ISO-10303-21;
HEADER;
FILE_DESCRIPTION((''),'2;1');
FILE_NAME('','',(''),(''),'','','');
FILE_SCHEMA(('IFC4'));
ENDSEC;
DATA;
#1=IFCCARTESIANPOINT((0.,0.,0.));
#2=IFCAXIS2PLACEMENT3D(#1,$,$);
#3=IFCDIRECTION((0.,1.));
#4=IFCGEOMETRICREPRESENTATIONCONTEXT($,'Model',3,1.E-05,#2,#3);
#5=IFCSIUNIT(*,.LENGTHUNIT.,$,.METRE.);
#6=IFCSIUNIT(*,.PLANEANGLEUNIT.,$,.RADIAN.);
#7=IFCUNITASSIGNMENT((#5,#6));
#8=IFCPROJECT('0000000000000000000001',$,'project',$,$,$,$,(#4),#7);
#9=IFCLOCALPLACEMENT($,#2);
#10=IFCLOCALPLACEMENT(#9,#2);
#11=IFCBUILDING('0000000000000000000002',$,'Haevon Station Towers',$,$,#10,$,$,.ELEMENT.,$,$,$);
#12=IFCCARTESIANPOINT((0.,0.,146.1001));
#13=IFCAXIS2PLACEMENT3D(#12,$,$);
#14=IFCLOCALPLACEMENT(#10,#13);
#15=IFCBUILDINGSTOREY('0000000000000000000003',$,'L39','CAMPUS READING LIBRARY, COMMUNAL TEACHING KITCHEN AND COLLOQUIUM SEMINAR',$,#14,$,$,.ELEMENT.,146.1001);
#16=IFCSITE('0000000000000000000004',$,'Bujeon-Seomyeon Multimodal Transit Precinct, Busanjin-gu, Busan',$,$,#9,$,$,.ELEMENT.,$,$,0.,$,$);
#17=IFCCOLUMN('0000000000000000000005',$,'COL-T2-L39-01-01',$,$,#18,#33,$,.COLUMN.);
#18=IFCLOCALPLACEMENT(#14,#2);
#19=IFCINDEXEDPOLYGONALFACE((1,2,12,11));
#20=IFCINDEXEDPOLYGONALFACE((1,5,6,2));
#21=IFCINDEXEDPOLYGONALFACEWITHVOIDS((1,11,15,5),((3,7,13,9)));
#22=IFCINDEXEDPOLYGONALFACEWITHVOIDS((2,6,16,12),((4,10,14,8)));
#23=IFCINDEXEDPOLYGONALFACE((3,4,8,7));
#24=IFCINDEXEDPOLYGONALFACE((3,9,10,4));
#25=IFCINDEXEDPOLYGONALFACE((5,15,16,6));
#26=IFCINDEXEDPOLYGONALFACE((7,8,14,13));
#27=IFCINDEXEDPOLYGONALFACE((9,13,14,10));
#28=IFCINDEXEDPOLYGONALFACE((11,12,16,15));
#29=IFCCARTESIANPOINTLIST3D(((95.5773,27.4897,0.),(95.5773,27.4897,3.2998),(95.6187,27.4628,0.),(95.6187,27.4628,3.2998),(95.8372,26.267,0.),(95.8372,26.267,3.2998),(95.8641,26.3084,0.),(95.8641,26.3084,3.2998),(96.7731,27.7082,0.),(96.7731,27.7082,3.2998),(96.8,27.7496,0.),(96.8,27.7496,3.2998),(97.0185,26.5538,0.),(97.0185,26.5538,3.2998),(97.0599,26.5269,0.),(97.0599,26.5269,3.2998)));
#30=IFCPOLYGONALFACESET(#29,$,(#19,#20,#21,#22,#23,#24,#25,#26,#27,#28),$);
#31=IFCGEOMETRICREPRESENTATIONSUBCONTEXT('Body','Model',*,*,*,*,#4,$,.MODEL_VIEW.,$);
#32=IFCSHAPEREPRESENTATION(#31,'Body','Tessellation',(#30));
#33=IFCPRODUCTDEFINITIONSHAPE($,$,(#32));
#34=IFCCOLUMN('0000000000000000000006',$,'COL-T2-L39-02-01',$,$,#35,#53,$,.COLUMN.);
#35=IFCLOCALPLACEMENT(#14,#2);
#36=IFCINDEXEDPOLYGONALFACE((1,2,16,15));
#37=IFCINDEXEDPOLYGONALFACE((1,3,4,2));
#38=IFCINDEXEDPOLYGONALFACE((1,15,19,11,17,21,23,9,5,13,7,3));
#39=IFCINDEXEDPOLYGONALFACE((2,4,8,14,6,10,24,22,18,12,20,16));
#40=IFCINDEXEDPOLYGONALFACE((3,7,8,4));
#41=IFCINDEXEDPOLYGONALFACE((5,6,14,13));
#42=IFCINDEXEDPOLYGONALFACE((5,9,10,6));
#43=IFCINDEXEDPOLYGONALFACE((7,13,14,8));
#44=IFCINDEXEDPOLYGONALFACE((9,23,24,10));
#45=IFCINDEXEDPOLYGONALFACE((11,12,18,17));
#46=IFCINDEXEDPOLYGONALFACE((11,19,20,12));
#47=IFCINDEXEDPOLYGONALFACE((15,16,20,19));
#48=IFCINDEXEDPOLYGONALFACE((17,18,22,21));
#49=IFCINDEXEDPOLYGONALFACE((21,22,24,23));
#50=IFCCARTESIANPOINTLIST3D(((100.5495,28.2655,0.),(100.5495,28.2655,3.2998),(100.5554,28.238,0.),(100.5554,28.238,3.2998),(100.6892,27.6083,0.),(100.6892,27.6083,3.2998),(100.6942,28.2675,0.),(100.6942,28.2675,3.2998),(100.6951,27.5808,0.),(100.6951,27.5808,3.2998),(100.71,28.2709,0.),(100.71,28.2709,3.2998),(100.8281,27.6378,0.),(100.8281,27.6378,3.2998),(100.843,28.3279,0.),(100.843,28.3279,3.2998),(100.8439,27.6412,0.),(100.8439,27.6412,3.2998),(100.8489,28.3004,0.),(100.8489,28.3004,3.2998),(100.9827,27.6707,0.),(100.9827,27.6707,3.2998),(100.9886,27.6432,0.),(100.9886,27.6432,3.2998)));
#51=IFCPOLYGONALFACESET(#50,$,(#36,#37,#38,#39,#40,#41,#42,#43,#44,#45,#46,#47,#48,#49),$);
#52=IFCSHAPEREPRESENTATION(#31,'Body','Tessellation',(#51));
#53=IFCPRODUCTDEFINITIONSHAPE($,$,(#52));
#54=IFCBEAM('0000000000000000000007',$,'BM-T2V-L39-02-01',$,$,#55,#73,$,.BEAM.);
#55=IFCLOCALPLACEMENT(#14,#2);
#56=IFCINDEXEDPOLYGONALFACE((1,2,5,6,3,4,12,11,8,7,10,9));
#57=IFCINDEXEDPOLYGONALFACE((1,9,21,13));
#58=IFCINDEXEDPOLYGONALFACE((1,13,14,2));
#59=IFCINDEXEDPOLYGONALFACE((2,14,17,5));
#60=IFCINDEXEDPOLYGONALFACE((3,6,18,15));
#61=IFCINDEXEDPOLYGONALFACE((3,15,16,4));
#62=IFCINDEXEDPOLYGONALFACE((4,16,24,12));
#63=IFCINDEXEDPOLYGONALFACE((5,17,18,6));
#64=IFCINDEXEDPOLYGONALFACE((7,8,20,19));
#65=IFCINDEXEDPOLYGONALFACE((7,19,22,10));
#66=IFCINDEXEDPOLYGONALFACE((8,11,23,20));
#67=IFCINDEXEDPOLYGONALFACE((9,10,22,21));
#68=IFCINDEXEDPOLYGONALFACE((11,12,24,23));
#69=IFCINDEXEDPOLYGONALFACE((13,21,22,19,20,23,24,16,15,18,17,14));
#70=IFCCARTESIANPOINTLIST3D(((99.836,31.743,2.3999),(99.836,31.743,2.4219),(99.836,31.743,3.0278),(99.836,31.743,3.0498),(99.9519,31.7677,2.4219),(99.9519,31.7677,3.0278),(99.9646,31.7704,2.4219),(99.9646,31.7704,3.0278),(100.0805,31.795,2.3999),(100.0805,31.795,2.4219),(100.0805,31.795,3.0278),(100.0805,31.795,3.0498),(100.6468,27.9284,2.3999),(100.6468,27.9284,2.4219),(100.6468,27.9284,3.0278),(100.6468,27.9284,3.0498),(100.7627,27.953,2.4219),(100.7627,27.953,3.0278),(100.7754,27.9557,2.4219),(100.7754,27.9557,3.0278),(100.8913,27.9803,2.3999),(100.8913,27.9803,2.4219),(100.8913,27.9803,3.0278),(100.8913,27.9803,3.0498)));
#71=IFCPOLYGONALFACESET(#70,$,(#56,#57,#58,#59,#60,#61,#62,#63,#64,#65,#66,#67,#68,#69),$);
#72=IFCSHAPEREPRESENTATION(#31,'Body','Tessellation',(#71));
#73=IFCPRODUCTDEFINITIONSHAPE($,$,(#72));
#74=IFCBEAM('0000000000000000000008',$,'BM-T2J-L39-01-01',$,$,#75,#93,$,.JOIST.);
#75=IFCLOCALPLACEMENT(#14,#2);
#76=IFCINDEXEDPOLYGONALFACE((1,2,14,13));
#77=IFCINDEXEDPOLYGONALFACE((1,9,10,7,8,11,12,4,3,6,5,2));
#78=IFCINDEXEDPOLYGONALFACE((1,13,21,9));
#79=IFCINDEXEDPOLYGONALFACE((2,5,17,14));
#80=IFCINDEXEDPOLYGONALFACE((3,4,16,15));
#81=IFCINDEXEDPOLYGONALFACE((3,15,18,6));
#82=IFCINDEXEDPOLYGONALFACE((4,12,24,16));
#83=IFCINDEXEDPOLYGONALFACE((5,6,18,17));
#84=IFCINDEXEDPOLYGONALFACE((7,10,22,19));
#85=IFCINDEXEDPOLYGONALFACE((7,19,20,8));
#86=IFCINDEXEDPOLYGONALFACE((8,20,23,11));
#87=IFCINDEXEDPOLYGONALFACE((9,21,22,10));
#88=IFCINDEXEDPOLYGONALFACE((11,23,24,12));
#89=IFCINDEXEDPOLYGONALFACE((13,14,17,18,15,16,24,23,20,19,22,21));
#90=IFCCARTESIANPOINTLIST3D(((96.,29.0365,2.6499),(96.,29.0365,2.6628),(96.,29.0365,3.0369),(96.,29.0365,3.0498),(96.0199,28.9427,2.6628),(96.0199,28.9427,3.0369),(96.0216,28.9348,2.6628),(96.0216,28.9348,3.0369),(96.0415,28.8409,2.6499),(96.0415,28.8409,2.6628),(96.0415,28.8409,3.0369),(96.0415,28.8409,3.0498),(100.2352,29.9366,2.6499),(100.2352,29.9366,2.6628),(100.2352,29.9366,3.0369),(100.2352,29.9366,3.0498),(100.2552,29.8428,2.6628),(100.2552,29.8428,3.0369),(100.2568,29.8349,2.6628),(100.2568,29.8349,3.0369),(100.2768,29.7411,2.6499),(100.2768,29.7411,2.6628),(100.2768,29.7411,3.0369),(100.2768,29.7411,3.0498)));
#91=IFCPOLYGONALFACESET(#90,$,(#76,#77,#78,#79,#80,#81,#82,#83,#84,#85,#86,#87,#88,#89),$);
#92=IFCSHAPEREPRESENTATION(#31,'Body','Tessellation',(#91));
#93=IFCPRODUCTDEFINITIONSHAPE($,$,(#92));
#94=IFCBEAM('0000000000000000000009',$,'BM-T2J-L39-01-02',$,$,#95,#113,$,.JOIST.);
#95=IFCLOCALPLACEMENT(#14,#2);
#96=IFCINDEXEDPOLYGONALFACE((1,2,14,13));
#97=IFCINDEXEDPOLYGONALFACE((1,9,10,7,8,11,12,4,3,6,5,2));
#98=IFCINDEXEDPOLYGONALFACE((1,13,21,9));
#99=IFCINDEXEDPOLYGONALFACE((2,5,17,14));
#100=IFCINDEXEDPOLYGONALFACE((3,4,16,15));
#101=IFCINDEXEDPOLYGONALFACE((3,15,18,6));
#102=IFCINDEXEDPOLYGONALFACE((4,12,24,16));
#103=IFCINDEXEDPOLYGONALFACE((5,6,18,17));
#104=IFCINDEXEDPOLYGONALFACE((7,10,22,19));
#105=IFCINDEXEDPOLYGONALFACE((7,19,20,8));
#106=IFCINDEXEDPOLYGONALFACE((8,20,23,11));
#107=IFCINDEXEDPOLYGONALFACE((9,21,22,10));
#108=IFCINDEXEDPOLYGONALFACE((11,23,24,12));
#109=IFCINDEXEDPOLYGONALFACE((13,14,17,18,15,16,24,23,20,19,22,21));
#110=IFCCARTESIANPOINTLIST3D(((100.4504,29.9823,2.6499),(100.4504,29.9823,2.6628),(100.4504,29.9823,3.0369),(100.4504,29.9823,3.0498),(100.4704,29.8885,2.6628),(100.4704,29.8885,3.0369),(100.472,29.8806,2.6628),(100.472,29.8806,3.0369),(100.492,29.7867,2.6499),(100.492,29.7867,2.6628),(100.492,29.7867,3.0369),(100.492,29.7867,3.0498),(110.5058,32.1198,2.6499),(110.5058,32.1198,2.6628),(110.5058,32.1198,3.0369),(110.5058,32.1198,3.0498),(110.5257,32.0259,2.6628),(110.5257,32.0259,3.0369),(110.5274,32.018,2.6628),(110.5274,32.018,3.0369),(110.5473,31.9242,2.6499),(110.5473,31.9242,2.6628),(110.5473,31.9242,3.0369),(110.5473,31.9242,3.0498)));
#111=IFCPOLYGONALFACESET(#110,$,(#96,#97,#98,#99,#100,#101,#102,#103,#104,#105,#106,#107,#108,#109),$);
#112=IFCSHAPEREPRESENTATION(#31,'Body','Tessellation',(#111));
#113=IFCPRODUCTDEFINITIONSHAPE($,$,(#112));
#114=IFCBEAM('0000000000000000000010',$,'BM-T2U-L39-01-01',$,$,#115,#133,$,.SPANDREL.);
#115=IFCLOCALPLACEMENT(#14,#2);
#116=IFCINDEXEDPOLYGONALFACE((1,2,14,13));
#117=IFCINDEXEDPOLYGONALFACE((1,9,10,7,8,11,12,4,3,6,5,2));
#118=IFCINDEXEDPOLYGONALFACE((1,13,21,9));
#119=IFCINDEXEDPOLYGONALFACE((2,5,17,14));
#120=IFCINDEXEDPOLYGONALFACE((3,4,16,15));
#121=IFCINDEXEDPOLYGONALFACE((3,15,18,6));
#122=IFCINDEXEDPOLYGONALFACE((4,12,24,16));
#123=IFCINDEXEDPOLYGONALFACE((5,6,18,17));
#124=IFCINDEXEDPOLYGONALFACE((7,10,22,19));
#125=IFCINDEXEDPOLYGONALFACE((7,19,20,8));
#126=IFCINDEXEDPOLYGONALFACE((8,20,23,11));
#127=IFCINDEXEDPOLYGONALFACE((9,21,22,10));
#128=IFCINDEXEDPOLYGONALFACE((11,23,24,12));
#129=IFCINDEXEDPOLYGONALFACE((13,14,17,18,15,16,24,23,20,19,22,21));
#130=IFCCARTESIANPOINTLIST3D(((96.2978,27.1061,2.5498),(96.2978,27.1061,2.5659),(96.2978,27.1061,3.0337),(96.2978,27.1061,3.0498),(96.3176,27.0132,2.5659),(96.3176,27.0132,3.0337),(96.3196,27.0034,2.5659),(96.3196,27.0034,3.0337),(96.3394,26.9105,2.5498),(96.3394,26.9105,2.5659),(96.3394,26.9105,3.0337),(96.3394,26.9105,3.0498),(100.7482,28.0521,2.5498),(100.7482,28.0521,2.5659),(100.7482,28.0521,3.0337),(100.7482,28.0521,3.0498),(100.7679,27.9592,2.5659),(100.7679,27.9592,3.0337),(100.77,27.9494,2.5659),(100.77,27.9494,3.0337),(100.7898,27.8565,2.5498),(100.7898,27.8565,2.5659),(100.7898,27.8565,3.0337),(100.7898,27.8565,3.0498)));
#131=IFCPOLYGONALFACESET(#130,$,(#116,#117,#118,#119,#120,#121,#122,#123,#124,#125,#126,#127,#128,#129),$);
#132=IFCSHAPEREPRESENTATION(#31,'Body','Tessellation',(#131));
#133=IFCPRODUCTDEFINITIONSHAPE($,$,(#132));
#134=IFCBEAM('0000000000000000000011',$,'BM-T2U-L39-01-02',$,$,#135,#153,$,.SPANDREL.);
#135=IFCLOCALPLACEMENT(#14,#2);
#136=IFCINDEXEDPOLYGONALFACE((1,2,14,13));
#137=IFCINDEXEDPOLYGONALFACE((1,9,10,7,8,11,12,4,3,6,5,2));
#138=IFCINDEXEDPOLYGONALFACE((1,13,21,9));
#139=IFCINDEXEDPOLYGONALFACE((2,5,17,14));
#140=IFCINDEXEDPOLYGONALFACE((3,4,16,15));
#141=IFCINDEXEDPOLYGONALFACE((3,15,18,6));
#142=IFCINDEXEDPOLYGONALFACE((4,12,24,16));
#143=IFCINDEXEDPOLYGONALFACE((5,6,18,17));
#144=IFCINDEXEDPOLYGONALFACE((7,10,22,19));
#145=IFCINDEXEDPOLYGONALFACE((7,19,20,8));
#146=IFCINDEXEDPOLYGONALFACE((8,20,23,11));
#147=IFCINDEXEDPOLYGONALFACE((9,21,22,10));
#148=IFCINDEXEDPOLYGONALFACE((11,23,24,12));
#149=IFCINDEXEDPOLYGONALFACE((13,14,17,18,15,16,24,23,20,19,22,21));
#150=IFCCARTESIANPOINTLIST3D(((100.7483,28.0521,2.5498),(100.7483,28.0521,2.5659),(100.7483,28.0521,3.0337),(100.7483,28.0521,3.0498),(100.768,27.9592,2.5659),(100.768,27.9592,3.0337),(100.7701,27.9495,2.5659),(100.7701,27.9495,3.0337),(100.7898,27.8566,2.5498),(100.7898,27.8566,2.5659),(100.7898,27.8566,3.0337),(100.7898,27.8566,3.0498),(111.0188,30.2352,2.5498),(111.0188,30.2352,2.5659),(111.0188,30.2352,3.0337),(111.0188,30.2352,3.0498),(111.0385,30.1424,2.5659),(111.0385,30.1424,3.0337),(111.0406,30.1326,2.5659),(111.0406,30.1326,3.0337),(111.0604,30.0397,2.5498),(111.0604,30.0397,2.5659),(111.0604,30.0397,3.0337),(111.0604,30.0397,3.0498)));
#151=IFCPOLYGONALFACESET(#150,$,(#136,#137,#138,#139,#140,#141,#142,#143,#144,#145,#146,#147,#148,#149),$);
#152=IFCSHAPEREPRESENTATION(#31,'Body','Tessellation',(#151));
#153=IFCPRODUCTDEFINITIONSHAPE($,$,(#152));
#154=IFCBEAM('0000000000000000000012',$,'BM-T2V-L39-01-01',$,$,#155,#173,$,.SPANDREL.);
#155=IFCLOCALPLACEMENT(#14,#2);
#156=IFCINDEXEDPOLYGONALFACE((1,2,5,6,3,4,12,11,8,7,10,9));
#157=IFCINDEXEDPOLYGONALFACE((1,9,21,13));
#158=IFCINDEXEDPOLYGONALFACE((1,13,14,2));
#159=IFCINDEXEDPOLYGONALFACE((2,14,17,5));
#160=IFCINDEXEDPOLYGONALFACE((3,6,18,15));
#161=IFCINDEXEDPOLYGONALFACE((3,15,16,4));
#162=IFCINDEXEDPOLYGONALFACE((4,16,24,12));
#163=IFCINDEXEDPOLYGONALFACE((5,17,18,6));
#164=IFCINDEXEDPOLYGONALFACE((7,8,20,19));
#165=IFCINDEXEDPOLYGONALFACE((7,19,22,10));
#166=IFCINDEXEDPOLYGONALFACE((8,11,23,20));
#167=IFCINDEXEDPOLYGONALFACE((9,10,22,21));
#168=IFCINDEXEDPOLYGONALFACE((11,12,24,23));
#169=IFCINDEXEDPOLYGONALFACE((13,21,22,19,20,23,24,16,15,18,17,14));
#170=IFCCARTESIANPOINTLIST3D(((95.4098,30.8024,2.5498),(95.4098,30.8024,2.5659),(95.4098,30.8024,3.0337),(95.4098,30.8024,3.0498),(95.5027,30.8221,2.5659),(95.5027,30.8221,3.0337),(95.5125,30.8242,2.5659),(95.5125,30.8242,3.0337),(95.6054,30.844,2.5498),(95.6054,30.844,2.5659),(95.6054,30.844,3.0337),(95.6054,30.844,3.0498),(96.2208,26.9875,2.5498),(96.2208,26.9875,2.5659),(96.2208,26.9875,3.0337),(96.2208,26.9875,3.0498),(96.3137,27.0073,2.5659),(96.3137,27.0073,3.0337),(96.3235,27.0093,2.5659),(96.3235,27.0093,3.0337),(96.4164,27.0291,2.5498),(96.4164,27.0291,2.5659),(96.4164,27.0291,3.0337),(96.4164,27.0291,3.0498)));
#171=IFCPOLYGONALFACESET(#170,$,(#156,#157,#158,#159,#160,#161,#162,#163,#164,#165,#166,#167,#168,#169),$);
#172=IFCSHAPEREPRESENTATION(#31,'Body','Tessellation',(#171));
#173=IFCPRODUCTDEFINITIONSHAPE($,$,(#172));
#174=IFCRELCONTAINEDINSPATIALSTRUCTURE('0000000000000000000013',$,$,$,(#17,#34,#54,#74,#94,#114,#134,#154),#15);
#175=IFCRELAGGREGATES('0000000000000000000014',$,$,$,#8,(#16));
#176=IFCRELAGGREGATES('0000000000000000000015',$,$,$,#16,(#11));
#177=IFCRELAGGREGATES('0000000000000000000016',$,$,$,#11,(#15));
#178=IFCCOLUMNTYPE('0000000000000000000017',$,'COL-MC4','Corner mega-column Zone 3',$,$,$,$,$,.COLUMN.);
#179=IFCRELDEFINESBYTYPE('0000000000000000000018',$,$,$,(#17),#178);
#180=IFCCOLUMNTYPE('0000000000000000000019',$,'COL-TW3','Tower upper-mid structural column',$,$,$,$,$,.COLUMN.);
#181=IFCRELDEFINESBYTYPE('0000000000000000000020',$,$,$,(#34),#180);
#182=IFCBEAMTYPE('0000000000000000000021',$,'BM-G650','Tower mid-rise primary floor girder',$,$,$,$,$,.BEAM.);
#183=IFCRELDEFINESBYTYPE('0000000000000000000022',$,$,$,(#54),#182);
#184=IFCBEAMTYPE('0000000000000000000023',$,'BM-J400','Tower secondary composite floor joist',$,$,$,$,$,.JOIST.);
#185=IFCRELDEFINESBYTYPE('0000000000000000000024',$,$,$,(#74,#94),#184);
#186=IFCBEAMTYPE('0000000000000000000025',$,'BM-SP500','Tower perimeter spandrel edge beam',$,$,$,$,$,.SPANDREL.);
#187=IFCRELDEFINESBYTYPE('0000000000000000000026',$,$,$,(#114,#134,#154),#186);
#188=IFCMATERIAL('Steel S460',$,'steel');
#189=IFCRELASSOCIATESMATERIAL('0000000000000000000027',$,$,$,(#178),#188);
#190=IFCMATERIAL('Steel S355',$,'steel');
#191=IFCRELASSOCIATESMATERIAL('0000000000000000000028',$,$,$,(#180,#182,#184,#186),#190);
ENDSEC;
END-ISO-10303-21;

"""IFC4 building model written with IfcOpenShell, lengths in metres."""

from ifc_helpers import new_model, si_unit, direction, frame, origin, origin_2d, place, context, subcontext, project, spatial, hollow_rectangle, i_section, extrude, material, material_profile, profile_set, type_object, element, save


model = new_model("IFC4")

# Units and contexts
model_context = context("Model", 3, precision=1e-05, world=origin(), true_north=direction((0.0, 1.0)))
body_context = subcontext(model_context, "Body", "Model", "MODEL_VIEW")
ifc_project = project(units=[si_unit("LENGTHUNIT", "METRE"), si_unit("PLANEANGLEUNIT", "RADIAN")], contexts=[model_context])

# Site, building, storey
site_placement = place(None, origin())
site = spatial("IfcSite", under=ifc_project, at=site_placement, Name="Bujeon-Seomyeon Multimodal Transit Precinct, Busanjin-gu, Busan", CompositionType="ELEMENT", RefElevation=0.0)
building_placement = place(site_placement, origin())
building = spatial("IfcBuilding", under=site, at=building_placement, Name="Haevon Station Towers", CompositionType="ELEMENT")
storey_placement = place(building_placement, frame((0.0, 0.0, 146.1001)))
storey = spatial("IfcBuildingStorey", under=building, at=storey_placement, Name="L39", Description="CAMPUS READING LIBRARY, COMMUNAL TEACHING KITCHEN AND COLLOQUIUM SEMINAR", CompositionType="ELEMENT", Elevation=146.1001)

# Columns
ifc_material_1 = material(Name="Steel S460", Category="steel")
ifc_material_profile_1 = material_profile(ifc_material_1, hollow_rectangle(XDim=1.25, YDim=1.25, WallThickness=0.0349, at=origin_2d()), Name="BOX-1250x1250x35")
ifc_profile_set_1 = profile_set([ifc_material_profile_1], Name="Steel S460")
column_type_1 = type_object("IfcColumnType", Name="COL-MC4", Description="Corner mega-column Zone 3", PredefinedType="COLUMN", material=ifc_profile_set_1)
column_1_placement = place(storey_placement, frame((96.3186, 27.0083, 0.0), z_axis=(0.0, 0.0, 1.0), x_axis=(0.978148, 0.207912, 0.0)))
element("IfcColumn", 1, at=column_1_placement, inside=storey, type_object=column_type_1, Name="COL-T2-L39-01-01", PredefinedType="COLUMN", context=body_context, shape_type="SweptSolid", body=[
    extrude(hollow_rectangle(XDim=1.25, YDim=1.25, WallThickness=0.0349, at=origin_2d()), origin(), (0.0, 0.0, 1.0), 3.2998),
])
ifc_material_2 = material(Name="Steel S355", Category="steel")
ifc_material_profile_2 = material_profile(ifc_material_2, i_section(OverallWidth=0.3, OverallDepth=0.7, WebThickness=0.0161, FlangeThickness=0.0281, at=origin_2d()), Name="H-700x300x16x28")
ifc_profile_set_2 = profile_set([ifc_material_profile_2], Name="Steel S355")
column_type_2 = type_object("IfcColumnType", Name="COL-TW3", Description="Tower upper-mid structural column", PredefinedType="COLUMN", material=ifc_profile_set_2)
column_2_placement = place(storey_placement, frame((100.769, 27.9543, 0.0), z_axis=(0.0, 0.0, 1.0), x_axis=(0.978148, 0.207912, 0.0)))
element("IfcColumn", 2, at=column_2_placement, inside=storey, type_object=column_type_2, Name="COL-T2-L39-02-01", PredefinedType="COLUMN", context=body_context, shape_type="SweptSolid", body=[
    extrude(i_section(OverallWidth=0.3, OverallDepth=0.7, WebThickness=0.0161, FlangeThickness=0.0281, at=origin_2d()), origin(), (0.0, 0.0, 1.0), 3.2998),
])

# Beams
ifc_material_profile_3 = material_profile(ifc_material_2, i_section(OverallWidth=0.25, OverallDepth=0.6499, WebThickness=0.0129, FlangeThickness=0.022, at=origin_2d()), Name="H-650x250x13x22")
ifc_profile_set_3 = profile_set([ifc_material_profile_3], Name="Steel S355")
beam_type_1 = type_object("IfcBeamType", Name="BM-G650", Description="Tower mid-rise primary floor girder", PredefinedType="BEAM", material=ifc_profile_set_3)
beam_1_placement = place(storey_placement, frame((100.769, 27.9543, 2.7249), z_axis=(-0.2079, 0.97815, 0.0), x_axis=(-0.97815, -0.2079, 0.0)))
element("IfcBeam", 3, at=beam_1_placement, inside=storey, type_object=beam_type_1, Name="BM-T2V-L39-02-01", PredefinedType="BEAM", context=body_context, shape_type="SweptSolid", body=[
    extrude(i_section(OverallWidth=0.25, OverallDepth=0.6499, WebThickness=0.0129, FlangeThickness=0.022, at=origin_2d()), origin(), (0.0, 0.0, 1.0), 3.8999),
])
ifc_material_profile_4 = material_profile(ifc_material_2, i_section(OverallWidth=0.2, OverallDepth=0.3999, WebThickness=0.0081, FlangeThickness=0.0129, at=origin_2d()), Name="H-400x200x8x13")
ifc_profile_set_4 = profile_set([ifc_material_profile_4], Name="Steel S355")
beam_type_2 = type_object("IfcBeamType", Name="BM-J400", Description="Tower secondary composite floor joist", PredefinedType="JOIST", material=ifc_profile_set_4)
beam_2_placement = place(storey_placement, frame((96.0208, 28.9387, 2.8499), z_axis=(0.978153, 0.207888, 0.0), x_axis=(-0.207888, 0.978153, 0.0)))
element("IfcBeam", 4, at=beam_2_placement, inside=storey, type_object=beam_type_2, Name="BM-T2J-L39-01-01", PredefinedType="JOIST", context=body_context, shape_type="SweptSolid", body=[
    extrude(i_section(OverallWidth=0.2, OverallDepth=0.3999, WebThickness=0.0081, FlangeThickness=0.0129, at=origin_2d()), origin(), (0.0, 0.0, 1.0), 4.3298),
])
beam_3_placement = place(storey_placement, frame((100.4712, 29.8845, 2.8499), z_axis=(0.978146, 0.207922, 0.0), x_axis=(-0.207922, 0.978146, 0.0)))
element("IfcBeam", 5, at=beam_3_placement, inside=storey, type_object=beam_type_2, Name="BM-T2J-L39-01-02", PredefinedType="JOIST", context=body_context, shape_type="SweptSolid", body=[
    extrude(i_section(OverallWidth=0.2, OverallDepth=0.3999, WebThickness=0.0081, FlangeThickness=0.0129, at=origin_2d()), origin(), (0.0, 0.0, 1.0), 10.28),
])
ifc_material_profile_5 = material_profile(ifc_material_2, i_section(OverallWidth=0.2, OverallDepth=0.5, WebThickness=0.01, FlangeThickness=0.0161, at=origin_2d()), Name="H-500x200x10x16")
ifc_profile_set_5 = profile_set([ifc_material_profile_5], Name="Steel S355")
beam_type_3 = type_object("IfcBeamType", Name="BM-SP500", Description="Tower perimeter spandrel edge beam", PredefinedType="SPANDREL", material=ifc_profile_set_5)
beam_4_placement = place(storey_placement, frame((96.3186, 27.0083, 2.7998), z_axis=(0.978144, 0.207927, 0.0), x_axis=(-0.207927, 0.978144, 0.0)))
element("IfcBeam", 6, at=beam_4_placement, inside=storey, type_object=beam_type_3, Name="BM-T2U-L39-01-01", PredefinedType="SPANDREL", context=body_context, shape_type="SweptSolid", body=[
    extrude(i_section(OverallWidth=0.2, OverallDepth=0.5, WebThickness=0.01, FlangeThickness=0.0161, at=origin_2d()), origin(), (0.0, 0.0, 1.0), 4.5498),
])
beam_5_placement = place(storey_placement, frame((100.769, 27.9543, 2.7998), z_axis=(0.978147, 0.207915, 0.0), x_axis=(-0.207915, 0.978147, 0.0)))
element("IfcBeam", 7, at=beam_5_placement, inside=storey, type_object=beam_type_3, Name="BM-T2U-L39-01-02", PredefinedType="SPANDREL", context=body_context, shape_type="SweptSolid", body=[
    extrude(i_section(OverallWidth=0.2, OverallDepth=0.5, WebThickness=0.01, FlangeThickness=0.0161, at=origin_2d()), origin(), (0.0, 0.0, 1.0), 10.5),
])
beam_6_placement = place(storey_placement, frame((96.3186, 27.0083, 2.7998), z_axis=(-0.207947, 0.97814, 0.0), x_axis=(-0.97814, -0.207947, 0.0)))
element("IfcBeam", 8, at=beam_6_placement, inside=storey, type_object=beam_type_3, Name="BM-T2V-L39-01-01", PredefinedType="SPANDREL", context=body_context, shape_type="SweptSolid", body=[
    extrude(i_section(OverallWidth=0.2, OverallDepth=0.5, WebThickness=0.01, FlangeThickness=0.0161, at=origin_2d()), origin(), (0.0, 0.0, 1.0), 3.9001),
])

save(model, "model.ifc")
